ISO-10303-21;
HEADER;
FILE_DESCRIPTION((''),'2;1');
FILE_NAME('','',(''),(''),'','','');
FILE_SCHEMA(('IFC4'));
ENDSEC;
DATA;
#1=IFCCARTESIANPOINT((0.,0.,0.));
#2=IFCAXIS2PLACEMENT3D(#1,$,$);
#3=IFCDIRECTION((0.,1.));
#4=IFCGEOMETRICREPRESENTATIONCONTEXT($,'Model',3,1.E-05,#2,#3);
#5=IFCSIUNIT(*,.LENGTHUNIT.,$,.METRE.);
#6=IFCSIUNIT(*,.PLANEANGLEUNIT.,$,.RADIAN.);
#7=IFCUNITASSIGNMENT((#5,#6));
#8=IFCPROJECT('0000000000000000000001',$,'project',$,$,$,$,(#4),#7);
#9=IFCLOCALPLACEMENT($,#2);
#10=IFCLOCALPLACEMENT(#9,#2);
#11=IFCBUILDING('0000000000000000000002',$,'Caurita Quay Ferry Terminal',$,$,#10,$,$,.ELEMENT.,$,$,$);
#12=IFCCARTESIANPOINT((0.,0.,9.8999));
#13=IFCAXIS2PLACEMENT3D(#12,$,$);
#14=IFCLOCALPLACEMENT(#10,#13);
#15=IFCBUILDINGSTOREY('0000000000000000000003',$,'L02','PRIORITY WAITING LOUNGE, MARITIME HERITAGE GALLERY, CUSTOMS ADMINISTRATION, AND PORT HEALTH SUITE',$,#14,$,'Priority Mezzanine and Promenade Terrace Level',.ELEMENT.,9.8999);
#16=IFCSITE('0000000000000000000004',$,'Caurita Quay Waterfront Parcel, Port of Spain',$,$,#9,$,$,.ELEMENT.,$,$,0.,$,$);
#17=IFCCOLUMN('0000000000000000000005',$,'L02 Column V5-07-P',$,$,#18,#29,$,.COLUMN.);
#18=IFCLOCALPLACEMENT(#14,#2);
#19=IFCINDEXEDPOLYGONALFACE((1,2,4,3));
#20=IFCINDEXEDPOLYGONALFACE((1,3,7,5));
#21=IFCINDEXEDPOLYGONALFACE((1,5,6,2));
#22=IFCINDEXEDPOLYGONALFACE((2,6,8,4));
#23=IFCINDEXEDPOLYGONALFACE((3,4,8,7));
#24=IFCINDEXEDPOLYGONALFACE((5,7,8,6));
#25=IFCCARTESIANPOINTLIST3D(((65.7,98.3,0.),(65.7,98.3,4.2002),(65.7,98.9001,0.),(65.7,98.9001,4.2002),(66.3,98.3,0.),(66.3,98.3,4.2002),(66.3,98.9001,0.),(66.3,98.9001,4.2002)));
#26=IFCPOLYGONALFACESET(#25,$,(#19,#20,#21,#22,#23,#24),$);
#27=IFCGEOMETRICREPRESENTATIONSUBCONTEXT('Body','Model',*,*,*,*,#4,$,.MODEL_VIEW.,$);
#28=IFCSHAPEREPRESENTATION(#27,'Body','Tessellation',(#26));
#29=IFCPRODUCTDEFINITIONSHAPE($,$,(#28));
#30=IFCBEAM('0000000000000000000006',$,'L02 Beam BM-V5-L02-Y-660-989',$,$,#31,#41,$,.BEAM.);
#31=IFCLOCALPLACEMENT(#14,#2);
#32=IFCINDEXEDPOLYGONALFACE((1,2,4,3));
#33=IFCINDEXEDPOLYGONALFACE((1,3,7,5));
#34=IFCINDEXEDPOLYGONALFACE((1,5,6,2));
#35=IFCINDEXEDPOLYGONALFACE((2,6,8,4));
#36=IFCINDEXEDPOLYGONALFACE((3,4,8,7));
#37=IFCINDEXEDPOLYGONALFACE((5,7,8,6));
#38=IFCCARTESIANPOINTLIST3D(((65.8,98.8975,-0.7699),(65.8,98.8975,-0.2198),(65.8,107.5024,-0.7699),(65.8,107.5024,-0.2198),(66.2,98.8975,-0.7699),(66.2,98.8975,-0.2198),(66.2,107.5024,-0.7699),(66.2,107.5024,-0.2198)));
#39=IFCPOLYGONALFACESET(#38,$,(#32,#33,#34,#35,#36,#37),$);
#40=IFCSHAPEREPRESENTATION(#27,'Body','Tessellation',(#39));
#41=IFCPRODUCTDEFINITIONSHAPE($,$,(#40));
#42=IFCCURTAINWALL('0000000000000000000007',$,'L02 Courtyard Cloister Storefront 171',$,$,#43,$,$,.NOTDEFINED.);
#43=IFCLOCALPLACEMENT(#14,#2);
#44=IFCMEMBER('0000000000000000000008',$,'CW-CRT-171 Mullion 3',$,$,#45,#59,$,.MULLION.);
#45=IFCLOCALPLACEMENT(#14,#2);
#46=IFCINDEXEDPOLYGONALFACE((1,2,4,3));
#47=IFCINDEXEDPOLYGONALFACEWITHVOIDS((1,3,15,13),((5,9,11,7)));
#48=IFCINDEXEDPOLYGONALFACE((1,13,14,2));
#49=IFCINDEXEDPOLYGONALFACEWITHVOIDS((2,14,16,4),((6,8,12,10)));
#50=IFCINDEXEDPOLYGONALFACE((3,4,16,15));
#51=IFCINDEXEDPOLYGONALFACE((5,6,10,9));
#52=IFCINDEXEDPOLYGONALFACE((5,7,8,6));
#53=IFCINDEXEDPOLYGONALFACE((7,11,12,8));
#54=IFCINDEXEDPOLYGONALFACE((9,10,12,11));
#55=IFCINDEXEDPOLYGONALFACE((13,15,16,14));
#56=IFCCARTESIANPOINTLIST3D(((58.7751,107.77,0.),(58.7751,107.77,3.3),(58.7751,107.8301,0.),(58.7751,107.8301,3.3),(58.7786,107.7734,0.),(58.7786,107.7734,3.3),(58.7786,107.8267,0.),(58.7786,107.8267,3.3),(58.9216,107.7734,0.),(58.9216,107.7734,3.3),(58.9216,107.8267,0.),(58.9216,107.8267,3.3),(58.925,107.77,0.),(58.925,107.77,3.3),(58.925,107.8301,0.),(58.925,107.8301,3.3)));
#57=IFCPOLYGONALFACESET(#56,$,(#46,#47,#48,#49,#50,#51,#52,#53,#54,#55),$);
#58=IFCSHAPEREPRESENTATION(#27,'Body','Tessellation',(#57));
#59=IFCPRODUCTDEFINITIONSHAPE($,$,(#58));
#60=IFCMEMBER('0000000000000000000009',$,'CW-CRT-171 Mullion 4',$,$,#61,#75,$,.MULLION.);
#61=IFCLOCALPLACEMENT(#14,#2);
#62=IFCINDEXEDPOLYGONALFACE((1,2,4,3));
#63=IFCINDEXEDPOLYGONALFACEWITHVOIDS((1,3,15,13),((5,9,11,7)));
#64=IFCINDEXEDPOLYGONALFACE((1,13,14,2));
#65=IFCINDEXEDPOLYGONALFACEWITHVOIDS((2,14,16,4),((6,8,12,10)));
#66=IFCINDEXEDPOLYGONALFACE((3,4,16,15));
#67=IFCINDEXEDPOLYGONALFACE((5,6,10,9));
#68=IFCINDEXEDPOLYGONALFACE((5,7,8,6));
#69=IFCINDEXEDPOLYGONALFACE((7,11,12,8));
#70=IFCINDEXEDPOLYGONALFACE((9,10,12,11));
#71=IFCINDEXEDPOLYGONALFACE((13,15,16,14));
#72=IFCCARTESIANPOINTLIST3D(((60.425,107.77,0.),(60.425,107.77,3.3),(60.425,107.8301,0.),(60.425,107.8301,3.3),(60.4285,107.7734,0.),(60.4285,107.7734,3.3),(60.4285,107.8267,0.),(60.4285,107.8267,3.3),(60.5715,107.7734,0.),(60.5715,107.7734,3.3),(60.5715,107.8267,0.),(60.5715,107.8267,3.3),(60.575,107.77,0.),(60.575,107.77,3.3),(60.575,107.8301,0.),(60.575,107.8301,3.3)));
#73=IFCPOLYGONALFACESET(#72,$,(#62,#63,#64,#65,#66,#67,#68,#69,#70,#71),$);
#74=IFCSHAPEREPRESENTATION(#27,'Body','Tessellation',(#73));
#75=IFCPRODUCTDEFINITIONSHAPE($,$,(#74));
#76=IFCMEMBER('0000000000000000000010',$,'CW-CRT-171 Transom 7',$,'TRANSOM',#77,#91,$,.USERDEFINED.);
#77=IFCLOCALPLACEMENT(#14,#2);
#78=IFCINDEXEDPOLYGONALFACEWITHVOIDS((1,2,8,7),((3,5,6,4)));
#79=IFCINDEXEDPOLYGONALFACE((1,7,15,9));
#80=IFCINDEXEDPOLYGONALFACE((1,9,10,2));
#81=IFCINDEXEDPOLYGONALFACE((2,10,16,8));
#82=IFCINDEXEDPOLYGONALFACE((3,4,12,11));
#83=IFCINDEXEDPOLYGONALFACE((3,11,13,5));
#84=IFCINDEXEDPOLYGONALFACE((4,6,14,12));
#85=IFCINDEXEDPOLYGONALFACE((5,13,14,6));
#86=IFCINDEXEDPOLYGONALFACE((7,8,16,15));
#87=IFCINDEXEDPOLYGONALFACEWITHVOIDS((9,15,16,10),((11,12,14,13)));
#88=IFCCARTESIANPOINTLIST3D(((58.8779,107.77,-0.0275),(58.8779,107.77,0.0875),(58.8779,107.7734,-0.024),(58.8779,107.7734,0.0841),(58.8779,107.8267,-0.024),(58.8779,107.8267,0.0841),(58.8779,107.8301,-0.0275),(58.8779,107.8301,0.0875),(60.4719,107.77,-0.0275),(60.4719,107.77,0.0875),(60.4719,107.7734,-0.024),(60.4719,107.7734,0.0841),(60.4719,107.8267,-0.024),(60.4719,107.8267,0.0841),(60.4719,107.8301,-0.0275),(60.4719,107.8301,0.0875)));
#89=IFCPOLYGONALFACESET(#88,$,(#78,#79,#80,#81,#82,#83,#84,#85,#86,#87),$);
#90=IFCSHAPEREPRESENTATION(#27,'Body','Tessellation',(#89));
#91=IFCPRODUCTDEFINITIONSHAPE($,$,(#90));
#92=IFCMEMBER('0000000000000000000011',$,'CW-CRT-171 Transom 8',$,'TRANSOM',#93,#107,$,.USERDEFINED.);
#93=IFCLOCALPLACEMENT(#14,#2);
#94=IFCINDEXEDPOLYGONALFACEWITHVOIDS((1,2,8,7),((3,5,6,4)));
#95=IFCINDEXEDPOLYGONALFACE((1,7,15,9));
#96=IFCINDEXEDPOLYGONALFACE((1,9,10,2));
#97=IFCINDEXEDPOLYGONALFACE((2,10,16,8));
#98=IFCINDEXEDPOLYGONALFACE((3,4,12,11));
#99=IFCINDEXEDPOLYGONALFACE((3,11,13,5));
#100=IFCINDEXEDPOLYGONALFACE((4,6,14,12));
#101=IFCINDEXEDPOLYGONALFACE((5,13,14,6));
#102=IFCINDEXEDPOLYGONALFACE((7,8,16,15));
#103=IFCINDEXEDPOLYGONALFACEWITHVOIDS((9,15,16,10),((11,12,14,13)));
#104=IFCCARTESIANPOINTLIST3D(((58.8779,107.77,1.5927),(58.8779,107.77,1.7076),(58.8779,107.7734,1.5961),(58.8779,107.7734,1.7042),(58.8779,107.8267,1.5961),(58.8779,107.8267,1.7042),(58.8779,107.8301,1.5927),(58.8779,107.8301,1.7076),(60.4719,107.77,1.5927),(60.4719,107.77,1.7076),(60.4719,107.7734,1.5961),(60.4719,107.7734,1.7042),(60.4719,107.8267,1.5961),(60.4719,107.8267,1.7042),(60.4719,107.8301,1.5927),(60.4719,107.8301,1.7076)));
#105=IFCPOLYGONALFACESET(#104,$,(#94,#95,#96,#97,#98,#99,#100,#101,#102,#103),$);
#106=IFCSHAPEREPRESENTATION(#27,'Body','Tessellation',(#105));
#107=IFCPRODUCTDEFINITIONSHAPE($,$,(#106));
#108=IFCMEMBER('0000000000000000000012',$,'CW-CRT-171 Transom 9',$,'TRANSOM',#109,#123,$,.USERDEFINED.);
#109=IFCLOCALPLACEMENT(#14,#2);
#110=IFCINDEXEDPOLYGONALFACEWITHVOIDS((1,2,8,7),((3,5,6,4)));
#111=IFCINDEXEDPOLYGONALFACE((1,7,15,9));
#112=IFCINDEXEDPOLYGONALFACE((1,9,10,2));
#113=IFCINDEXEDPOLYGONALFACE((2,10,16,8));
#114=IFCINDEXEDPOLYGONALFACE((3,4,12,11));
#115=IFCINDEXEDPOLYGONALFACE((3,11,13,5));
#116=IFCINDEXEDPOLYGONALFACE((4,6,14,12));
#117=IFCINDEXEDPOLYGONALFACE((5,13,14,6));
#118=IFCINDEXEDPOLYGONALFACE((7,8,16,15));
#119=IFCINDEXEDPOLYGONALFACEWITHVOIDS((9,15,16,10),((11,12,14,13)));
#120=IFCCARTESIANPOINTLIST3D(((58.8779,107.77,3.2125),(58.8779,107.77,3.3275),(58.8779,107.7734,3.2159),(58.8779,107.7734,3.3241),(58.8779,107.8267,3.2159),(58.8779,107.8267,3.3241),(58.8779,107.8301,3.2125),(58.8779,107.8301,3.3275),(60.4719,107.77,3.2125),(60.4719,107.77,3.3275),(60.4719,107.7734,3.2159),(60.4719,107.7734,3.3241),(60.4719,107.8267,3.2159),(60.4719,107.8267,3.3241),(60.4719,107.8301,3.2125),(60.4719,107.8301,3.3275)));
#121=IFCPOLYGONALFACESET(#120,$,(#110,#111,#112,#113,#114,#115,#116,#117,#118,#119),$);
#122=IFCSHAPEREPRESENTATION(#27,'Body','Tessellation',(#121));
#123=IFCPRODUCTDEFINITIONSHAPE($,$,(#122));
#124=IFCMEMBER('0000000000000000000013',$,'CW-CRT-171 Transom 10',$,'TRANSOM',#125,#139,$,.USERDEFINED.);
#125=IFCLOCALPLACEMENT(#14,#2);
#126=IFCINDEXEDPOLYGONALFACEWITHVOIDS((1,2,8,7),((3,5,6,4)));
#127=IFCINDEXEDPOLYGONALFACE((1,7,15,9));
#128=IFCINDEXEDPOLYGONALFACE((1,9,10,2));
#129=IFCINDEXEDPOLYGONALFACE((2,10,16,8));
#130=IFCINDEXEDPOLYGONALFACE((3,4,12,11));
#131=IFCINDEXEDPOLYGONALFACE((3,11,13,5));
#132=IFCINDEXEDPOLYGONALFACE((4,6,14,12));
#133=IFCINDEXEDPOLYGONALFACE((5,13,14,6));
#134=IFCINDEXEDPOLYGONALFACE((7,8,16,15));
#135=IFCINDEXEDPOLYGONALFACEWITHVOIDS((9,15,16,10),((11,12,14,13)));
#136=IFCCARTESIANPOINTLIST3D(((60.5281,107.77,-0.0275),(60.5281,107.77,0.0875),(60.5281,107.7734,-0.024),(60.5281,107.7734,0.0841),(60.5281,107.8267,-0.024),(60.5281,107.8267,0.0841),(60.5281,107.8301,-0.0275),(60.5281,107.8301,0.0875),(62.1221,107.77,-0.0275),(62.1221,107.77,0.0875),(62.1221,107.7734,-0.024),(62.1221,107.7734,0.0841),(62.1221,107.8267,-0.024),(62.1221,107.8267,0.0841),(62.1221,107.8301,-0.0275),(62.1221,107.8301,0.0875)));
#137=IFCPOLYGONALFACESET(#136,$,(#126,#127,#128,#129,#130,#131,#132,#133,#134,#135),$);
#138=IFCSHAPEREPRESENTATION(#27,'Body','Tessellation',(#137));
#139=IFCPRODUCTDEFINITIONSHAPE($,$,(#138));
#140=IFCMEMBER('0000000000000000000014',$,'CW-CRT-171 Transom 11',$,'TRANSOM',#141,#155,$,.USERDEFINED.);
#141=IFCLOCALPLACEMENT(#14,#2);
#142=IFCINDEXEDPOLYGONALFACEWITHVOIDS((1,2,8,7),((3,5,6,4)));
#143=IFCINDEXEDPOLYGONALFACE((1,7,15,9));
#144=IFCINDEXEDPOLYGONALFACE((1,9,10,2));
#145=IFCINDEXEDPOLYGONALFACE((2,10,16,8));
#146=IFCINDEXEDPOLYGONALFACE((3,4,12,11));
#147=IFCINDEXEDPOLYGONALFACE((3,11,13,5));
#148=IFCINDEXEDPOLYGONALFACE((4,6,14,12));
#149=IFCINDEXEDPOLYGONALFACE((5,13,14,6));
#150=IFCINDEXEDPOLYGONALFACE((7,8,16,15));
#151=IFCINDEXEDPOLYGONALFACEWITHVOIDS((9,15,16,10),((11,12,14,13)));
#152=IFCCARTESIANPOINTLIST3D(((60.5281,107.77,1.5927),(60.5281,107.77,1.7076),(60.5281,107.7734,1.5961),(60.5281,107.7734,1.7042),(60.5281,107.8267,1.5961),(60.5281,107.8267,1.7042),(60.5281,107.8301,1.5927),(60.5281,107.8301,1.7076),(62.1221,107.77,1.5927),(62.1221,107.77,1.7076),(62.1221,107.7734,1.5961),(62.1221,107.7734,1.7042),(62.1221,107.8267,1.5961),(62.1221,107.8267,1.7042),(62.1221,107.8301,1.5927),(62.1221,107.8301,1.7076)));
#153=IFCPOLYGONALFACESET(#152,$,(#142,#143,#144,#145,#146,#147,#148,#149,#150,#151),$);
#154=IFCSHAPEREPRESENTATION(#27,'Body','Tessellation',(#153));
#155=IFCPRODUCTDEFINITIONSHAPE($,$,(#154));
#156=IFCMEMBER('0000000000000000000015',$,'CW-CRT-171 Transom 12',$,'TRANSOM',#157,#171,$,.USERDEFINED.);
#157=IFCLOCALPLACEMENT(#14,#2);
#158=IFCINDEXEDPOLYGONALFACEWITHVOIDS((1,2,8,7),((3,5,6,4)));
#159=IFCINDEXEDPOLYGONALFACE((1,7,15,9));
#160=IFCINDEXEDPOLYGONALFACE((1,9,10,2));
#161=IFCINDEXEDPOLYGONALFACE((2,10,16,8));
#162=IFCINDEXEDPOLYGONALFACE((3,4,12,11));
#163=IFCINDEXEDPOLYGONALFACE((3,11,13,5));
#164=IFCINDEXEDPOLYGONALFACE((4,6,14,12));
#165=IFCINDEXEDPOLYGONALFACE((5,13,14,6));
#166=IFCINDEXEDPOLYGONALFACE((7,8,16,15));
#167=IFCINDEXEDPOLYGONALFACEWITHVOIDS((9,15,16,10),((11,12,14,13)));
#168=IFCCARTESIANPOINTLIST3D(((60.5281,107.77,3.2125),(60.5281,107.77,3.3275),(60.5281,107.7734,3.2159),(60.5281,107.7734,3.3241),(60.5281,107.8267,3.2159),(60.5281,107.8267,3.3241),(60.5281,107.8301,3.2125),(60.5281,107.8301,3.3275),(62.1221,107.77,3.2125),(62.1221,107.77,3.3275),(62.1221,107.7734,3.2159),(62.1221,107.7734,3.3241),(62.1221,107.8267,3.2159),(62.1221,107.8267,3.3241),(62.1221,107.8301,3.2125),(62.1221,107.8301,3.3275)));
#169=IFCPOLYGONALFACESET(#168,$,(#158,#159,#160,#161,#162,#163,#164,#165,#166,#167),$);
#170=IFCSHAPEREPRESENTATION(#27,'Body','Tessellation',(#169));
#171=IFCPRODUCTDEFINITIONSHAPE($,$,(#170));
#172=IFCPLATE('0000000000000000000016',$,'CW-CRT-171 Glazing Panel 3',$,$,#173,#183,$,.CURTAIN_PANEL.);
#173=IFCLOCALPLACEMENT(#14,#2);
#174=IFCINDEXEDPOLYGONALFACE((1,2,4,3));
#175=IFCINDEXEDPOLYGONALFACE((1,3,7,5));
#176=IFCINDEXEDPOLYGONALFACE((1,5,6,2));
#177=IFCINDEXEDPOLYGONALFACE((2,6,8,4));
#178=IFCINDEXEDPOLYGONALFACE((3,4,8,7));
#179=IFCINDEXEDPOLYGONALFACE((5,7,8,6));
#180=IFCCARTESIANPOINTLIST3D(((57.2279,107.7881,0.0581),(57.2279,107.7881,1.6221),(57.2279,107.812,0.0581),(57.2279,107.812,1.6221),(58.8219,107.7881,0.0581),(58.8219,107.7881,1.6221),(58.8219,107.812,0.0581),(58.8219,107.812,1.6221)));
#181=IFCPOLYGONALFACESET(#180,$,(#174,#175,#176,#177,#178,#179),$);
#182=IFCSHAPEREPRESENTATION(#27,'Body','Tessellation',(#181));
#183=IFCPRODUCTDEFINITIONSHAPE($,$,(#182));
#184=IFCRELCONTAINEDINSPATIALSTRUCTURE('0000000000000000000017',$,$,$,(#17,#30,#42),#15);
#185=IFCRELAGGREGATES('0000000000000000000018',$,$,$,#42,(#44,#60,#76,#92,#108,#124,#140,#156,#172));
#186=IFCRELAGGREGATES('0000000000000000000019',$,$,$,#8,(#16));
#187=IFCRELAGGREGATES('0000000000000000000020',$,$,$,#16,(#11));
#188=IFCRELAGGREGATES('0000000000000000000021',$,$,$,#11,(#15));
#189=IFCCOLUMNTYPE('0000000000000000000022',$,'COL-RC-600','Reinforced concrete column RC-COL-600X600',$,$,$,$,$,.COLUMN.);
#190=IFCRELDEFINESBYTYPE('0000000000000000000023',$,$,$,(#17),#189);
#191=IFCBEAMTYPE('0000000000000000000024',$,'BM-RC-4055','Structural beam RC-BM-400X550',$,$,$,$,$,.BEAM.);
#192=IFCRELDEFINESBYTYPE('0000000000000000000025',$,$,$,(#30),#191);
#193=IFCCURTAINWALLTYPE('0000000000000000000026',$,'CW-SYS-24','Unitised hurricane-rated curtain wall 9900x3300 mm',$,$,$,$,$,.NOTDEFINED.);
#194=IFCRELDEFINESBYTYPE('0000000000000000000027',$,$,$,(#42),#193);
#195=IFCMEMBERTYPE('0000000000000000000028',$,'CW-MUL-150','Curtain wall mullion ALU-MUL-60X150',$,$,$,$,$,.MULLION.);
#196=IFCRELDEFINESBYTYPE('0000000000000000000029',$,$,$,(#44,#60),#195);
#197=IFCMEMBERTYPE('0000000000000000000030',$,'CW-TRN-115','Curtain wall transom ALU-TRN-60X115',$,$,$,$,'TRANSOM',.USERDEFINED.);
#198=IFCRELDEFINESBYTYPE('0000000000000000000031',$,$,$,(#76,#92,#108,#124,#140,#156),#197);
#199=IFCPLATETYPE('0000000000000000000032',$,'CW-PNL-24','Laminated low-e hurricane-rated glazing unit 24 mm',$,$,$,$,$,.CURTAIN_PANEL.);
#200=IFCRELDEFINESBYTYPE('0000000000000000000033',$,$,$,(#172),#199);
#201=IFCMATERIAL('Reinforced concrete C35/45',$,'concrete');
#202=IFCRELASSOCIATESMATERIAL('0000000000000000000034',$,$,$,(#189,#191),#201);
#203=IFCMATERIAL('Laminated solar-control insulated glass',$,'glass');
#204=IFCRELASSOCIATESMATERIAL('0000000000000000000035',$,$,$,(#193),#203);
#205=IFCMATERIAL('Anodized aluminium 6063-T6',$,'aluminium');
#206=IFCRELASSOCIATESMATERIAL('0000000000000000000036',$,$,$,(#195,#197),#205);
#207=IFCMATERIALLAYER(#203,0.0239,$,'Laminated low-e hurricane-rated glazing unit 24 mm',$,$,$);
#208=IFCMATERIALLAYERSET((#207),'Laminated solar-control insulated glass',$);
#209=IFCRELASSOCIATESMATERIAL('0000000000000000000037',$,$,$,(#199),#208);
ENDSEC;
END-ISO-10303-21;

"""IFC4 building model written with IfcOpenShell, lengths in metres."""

from ifc_helpers import new_model, si_unit, direction, frame, origin, origin_2d, place, context, subcontext, project, spatial, rectangle, hollow_rectangle, extrude, material, layer, layer_set, material_profile, profile_set, type_object, element, aggregate, save


model = new_model("IFC4")

# Units and contexts
model_context = context("Model", 3, precision=1e-05, world=origin(), true_north=direction((0.0, 1.0)))
body_context = subcontext(model_context, "Body", "Model", "MODEL_VIEW")
ifc_project = project(units=[si_unit("LENGTHUNIT", "METRE"), si_unit("PLANEANGLEUNIT", "RADIAN")], contexts=[model_context])

# Site, building, storey
site_placement = place(None, origin())
site = spatial("IfcSite", under=ifc_project, at=site_placement, Name="Caurita Quay Waterfront Parcel, Port of Spain", CompositionType="ELEMENT", RefElevation=0.0)
building_placement = place(site_placement, origin())
building = spatial("IfcBuilding", under=site, at=building_placement, Name="Caurita Quay Ferry Terminal", CompositionType="ELEMENT")
storey_placement = place(building_placement, frame((0.0, 0.0, 9.8999)))
storey = spatial("IfcBuildingStorey", under=building, at=storey_placement, Name="L02", Description="PRIORITY WAITING LOUNGE, MARITIME HERITAGE GALLERY, CUSTOMS ADMINISTRATION, AND PORT HEALTH SUITE", LongName="Priority Mezzanine and Promenade Terrace Level", CompositionType="ELEMENT", Elevation=9.8999)

# Column
ifc_material_1 = material(Name="Reinforced concrete C35/45", Category="concrete")
ifc_material_profile_1 = material_profile(ifc_material_1, rectangle(XDim=0.6001, YDim=0.6001, at=origin_2d()), Name="RC-COL-600X600")
ifc_profile_set_1 = profile_set([ifc_material_profile_1], Name="Reinforced concrete C35/45")
column_type = type_object("IfcColumnType", Name="COL-RC-600", Description="Reinforced concrete column RC-COL-600X600", PredefinedType="COLUMN", material=ifc_profile_set_1)
column_placement = place(storey_placement, frame((66.0, 98.6001, 0.0), z_axis=(0.0, 0.0, 1.0), x_axis=(1.0, 0.0, 0.0)))
element("IfcColumn", 1, at=column_placement, inside=storey, type_object=column_type, Name="L02 Column V5-07-P", PredefinedType="COLUMN", context=body_context, shape_type="SweptSolid", body=[
    extrude(rectangle(XDim=0.6001, YDim=0.6001, at=origin_2d()), origin(), (0.0, 0.0, 1.0), 4.2002),
])

# Beam
ifc_material_profile_2 = material_profile(ifc_material_1, rectangle(XDim=0.3999, YDim=0.55, at=origin_2d()), Name="RC-BM-400X550")
ifc_profile_set_2 = profile_set([ifc_material_profile_2], Name="Reinforced concrete C35/45")
beam_type = type_object("IfcBeamType", Name="BM-RC-4055", Description="Structural beam RC-BM-400X550", PredefinedType="BEAM", material=ifc_profile_set_2)
beam_placement = place(storey_placement, frame((66.0, 98.8975, -0.4949), z_axis=(0.0, 1.0, 0.0), x_axis=(-1.0, 0.0, 0.0)))
element("IfcBeam", 2, at=beam_placement, inside=storey, type_object=beam_type, Name="L02 Beam BM-V5-L02-Y-660-989", PredefinedType="BEAM", context=body_context, shape_type="SweptSolid", body=[
    extrude(rectangle(XDim=0.3999, YDim=0.55, at=origin_2d()), origin(), (0.0, 0.0, 1.0), 8.605),
])

# Curtain wall, members, plate
ifc_material_2 = material(Name="Laminated solar-control insulated glass", Category="glass")
curtain_wall_type = type_object("IfcCurtainWallType", Name="CW-SYS-24", Description="Unitised hurricane-rated curtain wall 9900x3300 mm", PredefinedType="NOTDEFINED", material=ifc_material_2)
curtain_wall_placement = place(storey_placement, origin())
curtain_wall = element("IfcCurtainWall", 3, at=curtain_wall_placement, inside=storey, type_object=curtain_wall_type, Name="L02 Courtyard Cloister Storefront 171", PredefinedType="NOTDEFINED")
ifc_material_3 = material(Name="Anodized aluminium 6063-T6", Category="aluminium")
ifc_material_profile_3 = material_profile(ifc_material_3, hollow_rectangle(XDim=0.0601, YDim=0.1499, WallThickness=0.0034, at=origin_2d()), Name="ALU-MUL-60X150")
ifc_profile_set_3 = profile_set([ifc_material_profile_3], Name="Anodized aluminium 6063-T6")
member_type_1 = type_object("IfcMemberType", Name="CW-MUL-150", Description="Curtain wall mullion ALU-MUL-60X150", PredefinedType="MULLION", material=ifc_profile_set_3)
member_1_placement = place(storey_placement, frame((58.8501, 107.8, 0.0), z_axis=(0.0, 0.0, 1.0), x_axis=(0.0, 1.0, 0.0)))
member_1 = element("IfcMember", 4, at=member_1_placement, type_object=member_type_1, Name="CW-CRT-171 Mullion 3", PredefinedType="MULLION", context=body_context, shape_type="SweptSolid", body=[
    extrude(hollow_rectangle(XDim=0.0601, YDim=0.1499, WallThickness=0.0034, at=origin_2d()), origin(), (0.0, 0.0, 1.0), 3.3),
])
member_2_placement = place(storey_placement, frame((60.5, 107.8, 0.0), z_axis=(0.0, 0.0, 1.0), x_axis=(0.0, 1.0, 0.0)))
member_2 = element("IfcMember", 5, at=member_2_placement, type_object=member_type_1, Name="CW-CRT-171 Mullion 4", PredefinedType="MULLION", context=body_context, shape_type="SweptSolid", body=[
    extrude(hollow_rectangle(XDim=0.0601, YDim=0.1499, WallThickness=0.0034, at=origin_2d()), origin(), (0.0, 0.0, 1.0), 3.3),
])
ifc_material_profile_4 = material_profile(ifc_material_3, hollow_rectangle(XDim=0.0601, YDim=0.115, WallThickness=0.0034, at=origin_2d()), Name="ALU-TRN-60X115")
ifc_profile_set_4 = profile_set([ifc_material_profile_4], Name="Anodized aluminium 6063-T6")
member_type_2 = type_object("IfcMemberType", Name="CW-TRN-115", Description="Curtain wall transom ALU-TRN-60X115", ElementType="TRANSOM", PredefinedType="USERDEFINED", material=ifc_profile_set_4)
member_3_placement = place(storey_placement, frame((58.8779, 107.8, 0.03), z_axis=(1.0, 0.0, 0.0), x_axis=(0.0, 1.0, 0.0)))
member_3 = element("IfcMember", 6, at=member_3_placement, type_object=member_type_2, Name="CW-CRT-171 Transom 7", ObjectType="TRANSOM", PredefinedType="USERDEFINED", context=body_context, shape_type="SweptSolid", body=[
    extrude(hollow_rectangle(XDim=0.0601, YDim=0.115, WallThickness=0.0034, at=origin_2d()), origin(), (0.0, 0.0, 1.0), 1.594),
])
member_4_placement = place(storey_placement, frame((58.8779, 107.8, 1.6501), z_axis=(1.0, 0.0, 0.0), x_axis=(0.0, 1.0, 0.0)))
member_4 = element("IfcMember", 7, at=member_4_placement, type_object=member_type_2, Name="CW-CRT-171 Transom 8", ObjectType="TRANSOM", PredefinedType="USERDEFINED", context=body_context, shape_type="SweptSolid", body=[
    extrude(hollow_rectangle(XDim=0.0601, YDim=0.115, WallThickness=0.0034, at=origin_2d()), origin(), (0.0, 0.0, 1.0), 1.594),
])
member_5_placement = place(storey_placement, frame((58.8779, 107.8, 3.27), z_axis=(1.0, 0.0, 0.0), x_axis=(0.0, 1.0, 0.0)))
member_5 = element("IfcMember", 8, at=member_5_placement, type_object=member_type_2, Name="CW-CRT-171 Transom 9", ObjectType="TRANSOM", PredefinedType="USERDEFINED", context=body_context, shape_type="SweptSolid", body=[
    extrude(hollow_rectangle(XDim=0.0601, YDim=0.115, WallThickness=0.0034, at=origin_2d()), origin(), (0.0, 0.0, 1.0), 1.594),
])
member_6_placement = place(storey_placement, frame((60.5281, 107.8, 0.03), z_axis=(1.0, 0.0, 0.0), x_axis=(0.0, 1.0, 0.0)))
member_6 = element("IfcMember", 9, at=member_6_placement, type_object=member_type_2, Name="CW-CRT-171 Transom 10", ObjectType="TRANSOM", PredefinedType="USERDEFINED", context=body_context, shape_type="SweptSolid", body=[
    extrude(hollow_rectangle(XDim=0.0601, YDim=0.115, WallThickness=0.0034, at=origin_2d()), origin(), (0.0, 0.0, 1.0), 1.594),
])
member_7_placement = place(storey_placement, frame((60.5281, 107.8, 1.6501), z_axis=(1.0, 0.0, 0.0), x_axis=(0.0, 1.0, 0.0)))
member_7 = element("IfcMember", 10, at=member_7_placement, type_object=member_type_2, Name="CW-CRT-171 Transom 11", ObjectType="TRANSOM", PredefinedType="USERDEFINED", context=body_context, shape_type="SweptSolid", body=[
    extrude(hollow_rectangle(XDim=0.0601, YDim=0.115, WallThickness=0.0034, at=origin_2d()), origin(), (0.0, 0.0, 1.0), 1.594),
])
member_8_placement = place(storey_placement, frame((60.5281, 107.8, 3.27), z_axis=(1.0, 0.0, 0.0), x_axis=(0.0, 1.0, 0.0)))
member_8 = element("IfcMember", 11, at=member_8_placement, type_object=member_type_2, Name="CW-CRT-171 Transom 12", ObjectType="TRANSOM", PredefinedType="USERDEFINED", context=body_context, shape_type="SweptSolid", body=[
    extrude(hollow_rectangle(XDim=0.0601, YDim=0.115, WallThickness=0.0034, at=origin_2d()), origin(), (0.0, 0.0, 1.0), 1.594),
])
ifc_layer_1 = layer(ifc_material_2, 0.0239, Name="Laminated low-e hurricane-rated glazing unit 24 mm")
ifc_layer_set_1 = layer_set([ifc_layer_1], Name="Laminated solar-control insulated glass")
plate_type = type_object("IfcPlateType", Name="CW-PNL-24", Description="Laminated low-e hurricane-rated glazing unit 24 mm", PredefinedType="CURTAIN_PANEL", material=ifc_layer_set_1)
plate_1_placement = place(storey_placement, frame((58.0249, 107.8, 0.0581), z_axis=(0.0, 0.0, 1.0), x_axis=(1.0, 0.0, 0.0)))
plate_1 = element("IfcPlate", 12, at=plate_1_placement, type_object=plate_type, Name="CW-CRT-171 Glazing Panel 3", PredefinedType="CURTAIN_PANEL", context=body_context, shape_type="SweptSolid", body=[
    extrude(rectangle(XDim=1.594, YDim=0.0239, at=origin_2d()), origin(), (0.0, 0.0, 1.0), 1.564),
])
aggregate(curtain_wall, [member_1, member_2, member_3, member_4, member_5, member_6, member_7, member_8, plate_1])

save(model, "model.ifc")
